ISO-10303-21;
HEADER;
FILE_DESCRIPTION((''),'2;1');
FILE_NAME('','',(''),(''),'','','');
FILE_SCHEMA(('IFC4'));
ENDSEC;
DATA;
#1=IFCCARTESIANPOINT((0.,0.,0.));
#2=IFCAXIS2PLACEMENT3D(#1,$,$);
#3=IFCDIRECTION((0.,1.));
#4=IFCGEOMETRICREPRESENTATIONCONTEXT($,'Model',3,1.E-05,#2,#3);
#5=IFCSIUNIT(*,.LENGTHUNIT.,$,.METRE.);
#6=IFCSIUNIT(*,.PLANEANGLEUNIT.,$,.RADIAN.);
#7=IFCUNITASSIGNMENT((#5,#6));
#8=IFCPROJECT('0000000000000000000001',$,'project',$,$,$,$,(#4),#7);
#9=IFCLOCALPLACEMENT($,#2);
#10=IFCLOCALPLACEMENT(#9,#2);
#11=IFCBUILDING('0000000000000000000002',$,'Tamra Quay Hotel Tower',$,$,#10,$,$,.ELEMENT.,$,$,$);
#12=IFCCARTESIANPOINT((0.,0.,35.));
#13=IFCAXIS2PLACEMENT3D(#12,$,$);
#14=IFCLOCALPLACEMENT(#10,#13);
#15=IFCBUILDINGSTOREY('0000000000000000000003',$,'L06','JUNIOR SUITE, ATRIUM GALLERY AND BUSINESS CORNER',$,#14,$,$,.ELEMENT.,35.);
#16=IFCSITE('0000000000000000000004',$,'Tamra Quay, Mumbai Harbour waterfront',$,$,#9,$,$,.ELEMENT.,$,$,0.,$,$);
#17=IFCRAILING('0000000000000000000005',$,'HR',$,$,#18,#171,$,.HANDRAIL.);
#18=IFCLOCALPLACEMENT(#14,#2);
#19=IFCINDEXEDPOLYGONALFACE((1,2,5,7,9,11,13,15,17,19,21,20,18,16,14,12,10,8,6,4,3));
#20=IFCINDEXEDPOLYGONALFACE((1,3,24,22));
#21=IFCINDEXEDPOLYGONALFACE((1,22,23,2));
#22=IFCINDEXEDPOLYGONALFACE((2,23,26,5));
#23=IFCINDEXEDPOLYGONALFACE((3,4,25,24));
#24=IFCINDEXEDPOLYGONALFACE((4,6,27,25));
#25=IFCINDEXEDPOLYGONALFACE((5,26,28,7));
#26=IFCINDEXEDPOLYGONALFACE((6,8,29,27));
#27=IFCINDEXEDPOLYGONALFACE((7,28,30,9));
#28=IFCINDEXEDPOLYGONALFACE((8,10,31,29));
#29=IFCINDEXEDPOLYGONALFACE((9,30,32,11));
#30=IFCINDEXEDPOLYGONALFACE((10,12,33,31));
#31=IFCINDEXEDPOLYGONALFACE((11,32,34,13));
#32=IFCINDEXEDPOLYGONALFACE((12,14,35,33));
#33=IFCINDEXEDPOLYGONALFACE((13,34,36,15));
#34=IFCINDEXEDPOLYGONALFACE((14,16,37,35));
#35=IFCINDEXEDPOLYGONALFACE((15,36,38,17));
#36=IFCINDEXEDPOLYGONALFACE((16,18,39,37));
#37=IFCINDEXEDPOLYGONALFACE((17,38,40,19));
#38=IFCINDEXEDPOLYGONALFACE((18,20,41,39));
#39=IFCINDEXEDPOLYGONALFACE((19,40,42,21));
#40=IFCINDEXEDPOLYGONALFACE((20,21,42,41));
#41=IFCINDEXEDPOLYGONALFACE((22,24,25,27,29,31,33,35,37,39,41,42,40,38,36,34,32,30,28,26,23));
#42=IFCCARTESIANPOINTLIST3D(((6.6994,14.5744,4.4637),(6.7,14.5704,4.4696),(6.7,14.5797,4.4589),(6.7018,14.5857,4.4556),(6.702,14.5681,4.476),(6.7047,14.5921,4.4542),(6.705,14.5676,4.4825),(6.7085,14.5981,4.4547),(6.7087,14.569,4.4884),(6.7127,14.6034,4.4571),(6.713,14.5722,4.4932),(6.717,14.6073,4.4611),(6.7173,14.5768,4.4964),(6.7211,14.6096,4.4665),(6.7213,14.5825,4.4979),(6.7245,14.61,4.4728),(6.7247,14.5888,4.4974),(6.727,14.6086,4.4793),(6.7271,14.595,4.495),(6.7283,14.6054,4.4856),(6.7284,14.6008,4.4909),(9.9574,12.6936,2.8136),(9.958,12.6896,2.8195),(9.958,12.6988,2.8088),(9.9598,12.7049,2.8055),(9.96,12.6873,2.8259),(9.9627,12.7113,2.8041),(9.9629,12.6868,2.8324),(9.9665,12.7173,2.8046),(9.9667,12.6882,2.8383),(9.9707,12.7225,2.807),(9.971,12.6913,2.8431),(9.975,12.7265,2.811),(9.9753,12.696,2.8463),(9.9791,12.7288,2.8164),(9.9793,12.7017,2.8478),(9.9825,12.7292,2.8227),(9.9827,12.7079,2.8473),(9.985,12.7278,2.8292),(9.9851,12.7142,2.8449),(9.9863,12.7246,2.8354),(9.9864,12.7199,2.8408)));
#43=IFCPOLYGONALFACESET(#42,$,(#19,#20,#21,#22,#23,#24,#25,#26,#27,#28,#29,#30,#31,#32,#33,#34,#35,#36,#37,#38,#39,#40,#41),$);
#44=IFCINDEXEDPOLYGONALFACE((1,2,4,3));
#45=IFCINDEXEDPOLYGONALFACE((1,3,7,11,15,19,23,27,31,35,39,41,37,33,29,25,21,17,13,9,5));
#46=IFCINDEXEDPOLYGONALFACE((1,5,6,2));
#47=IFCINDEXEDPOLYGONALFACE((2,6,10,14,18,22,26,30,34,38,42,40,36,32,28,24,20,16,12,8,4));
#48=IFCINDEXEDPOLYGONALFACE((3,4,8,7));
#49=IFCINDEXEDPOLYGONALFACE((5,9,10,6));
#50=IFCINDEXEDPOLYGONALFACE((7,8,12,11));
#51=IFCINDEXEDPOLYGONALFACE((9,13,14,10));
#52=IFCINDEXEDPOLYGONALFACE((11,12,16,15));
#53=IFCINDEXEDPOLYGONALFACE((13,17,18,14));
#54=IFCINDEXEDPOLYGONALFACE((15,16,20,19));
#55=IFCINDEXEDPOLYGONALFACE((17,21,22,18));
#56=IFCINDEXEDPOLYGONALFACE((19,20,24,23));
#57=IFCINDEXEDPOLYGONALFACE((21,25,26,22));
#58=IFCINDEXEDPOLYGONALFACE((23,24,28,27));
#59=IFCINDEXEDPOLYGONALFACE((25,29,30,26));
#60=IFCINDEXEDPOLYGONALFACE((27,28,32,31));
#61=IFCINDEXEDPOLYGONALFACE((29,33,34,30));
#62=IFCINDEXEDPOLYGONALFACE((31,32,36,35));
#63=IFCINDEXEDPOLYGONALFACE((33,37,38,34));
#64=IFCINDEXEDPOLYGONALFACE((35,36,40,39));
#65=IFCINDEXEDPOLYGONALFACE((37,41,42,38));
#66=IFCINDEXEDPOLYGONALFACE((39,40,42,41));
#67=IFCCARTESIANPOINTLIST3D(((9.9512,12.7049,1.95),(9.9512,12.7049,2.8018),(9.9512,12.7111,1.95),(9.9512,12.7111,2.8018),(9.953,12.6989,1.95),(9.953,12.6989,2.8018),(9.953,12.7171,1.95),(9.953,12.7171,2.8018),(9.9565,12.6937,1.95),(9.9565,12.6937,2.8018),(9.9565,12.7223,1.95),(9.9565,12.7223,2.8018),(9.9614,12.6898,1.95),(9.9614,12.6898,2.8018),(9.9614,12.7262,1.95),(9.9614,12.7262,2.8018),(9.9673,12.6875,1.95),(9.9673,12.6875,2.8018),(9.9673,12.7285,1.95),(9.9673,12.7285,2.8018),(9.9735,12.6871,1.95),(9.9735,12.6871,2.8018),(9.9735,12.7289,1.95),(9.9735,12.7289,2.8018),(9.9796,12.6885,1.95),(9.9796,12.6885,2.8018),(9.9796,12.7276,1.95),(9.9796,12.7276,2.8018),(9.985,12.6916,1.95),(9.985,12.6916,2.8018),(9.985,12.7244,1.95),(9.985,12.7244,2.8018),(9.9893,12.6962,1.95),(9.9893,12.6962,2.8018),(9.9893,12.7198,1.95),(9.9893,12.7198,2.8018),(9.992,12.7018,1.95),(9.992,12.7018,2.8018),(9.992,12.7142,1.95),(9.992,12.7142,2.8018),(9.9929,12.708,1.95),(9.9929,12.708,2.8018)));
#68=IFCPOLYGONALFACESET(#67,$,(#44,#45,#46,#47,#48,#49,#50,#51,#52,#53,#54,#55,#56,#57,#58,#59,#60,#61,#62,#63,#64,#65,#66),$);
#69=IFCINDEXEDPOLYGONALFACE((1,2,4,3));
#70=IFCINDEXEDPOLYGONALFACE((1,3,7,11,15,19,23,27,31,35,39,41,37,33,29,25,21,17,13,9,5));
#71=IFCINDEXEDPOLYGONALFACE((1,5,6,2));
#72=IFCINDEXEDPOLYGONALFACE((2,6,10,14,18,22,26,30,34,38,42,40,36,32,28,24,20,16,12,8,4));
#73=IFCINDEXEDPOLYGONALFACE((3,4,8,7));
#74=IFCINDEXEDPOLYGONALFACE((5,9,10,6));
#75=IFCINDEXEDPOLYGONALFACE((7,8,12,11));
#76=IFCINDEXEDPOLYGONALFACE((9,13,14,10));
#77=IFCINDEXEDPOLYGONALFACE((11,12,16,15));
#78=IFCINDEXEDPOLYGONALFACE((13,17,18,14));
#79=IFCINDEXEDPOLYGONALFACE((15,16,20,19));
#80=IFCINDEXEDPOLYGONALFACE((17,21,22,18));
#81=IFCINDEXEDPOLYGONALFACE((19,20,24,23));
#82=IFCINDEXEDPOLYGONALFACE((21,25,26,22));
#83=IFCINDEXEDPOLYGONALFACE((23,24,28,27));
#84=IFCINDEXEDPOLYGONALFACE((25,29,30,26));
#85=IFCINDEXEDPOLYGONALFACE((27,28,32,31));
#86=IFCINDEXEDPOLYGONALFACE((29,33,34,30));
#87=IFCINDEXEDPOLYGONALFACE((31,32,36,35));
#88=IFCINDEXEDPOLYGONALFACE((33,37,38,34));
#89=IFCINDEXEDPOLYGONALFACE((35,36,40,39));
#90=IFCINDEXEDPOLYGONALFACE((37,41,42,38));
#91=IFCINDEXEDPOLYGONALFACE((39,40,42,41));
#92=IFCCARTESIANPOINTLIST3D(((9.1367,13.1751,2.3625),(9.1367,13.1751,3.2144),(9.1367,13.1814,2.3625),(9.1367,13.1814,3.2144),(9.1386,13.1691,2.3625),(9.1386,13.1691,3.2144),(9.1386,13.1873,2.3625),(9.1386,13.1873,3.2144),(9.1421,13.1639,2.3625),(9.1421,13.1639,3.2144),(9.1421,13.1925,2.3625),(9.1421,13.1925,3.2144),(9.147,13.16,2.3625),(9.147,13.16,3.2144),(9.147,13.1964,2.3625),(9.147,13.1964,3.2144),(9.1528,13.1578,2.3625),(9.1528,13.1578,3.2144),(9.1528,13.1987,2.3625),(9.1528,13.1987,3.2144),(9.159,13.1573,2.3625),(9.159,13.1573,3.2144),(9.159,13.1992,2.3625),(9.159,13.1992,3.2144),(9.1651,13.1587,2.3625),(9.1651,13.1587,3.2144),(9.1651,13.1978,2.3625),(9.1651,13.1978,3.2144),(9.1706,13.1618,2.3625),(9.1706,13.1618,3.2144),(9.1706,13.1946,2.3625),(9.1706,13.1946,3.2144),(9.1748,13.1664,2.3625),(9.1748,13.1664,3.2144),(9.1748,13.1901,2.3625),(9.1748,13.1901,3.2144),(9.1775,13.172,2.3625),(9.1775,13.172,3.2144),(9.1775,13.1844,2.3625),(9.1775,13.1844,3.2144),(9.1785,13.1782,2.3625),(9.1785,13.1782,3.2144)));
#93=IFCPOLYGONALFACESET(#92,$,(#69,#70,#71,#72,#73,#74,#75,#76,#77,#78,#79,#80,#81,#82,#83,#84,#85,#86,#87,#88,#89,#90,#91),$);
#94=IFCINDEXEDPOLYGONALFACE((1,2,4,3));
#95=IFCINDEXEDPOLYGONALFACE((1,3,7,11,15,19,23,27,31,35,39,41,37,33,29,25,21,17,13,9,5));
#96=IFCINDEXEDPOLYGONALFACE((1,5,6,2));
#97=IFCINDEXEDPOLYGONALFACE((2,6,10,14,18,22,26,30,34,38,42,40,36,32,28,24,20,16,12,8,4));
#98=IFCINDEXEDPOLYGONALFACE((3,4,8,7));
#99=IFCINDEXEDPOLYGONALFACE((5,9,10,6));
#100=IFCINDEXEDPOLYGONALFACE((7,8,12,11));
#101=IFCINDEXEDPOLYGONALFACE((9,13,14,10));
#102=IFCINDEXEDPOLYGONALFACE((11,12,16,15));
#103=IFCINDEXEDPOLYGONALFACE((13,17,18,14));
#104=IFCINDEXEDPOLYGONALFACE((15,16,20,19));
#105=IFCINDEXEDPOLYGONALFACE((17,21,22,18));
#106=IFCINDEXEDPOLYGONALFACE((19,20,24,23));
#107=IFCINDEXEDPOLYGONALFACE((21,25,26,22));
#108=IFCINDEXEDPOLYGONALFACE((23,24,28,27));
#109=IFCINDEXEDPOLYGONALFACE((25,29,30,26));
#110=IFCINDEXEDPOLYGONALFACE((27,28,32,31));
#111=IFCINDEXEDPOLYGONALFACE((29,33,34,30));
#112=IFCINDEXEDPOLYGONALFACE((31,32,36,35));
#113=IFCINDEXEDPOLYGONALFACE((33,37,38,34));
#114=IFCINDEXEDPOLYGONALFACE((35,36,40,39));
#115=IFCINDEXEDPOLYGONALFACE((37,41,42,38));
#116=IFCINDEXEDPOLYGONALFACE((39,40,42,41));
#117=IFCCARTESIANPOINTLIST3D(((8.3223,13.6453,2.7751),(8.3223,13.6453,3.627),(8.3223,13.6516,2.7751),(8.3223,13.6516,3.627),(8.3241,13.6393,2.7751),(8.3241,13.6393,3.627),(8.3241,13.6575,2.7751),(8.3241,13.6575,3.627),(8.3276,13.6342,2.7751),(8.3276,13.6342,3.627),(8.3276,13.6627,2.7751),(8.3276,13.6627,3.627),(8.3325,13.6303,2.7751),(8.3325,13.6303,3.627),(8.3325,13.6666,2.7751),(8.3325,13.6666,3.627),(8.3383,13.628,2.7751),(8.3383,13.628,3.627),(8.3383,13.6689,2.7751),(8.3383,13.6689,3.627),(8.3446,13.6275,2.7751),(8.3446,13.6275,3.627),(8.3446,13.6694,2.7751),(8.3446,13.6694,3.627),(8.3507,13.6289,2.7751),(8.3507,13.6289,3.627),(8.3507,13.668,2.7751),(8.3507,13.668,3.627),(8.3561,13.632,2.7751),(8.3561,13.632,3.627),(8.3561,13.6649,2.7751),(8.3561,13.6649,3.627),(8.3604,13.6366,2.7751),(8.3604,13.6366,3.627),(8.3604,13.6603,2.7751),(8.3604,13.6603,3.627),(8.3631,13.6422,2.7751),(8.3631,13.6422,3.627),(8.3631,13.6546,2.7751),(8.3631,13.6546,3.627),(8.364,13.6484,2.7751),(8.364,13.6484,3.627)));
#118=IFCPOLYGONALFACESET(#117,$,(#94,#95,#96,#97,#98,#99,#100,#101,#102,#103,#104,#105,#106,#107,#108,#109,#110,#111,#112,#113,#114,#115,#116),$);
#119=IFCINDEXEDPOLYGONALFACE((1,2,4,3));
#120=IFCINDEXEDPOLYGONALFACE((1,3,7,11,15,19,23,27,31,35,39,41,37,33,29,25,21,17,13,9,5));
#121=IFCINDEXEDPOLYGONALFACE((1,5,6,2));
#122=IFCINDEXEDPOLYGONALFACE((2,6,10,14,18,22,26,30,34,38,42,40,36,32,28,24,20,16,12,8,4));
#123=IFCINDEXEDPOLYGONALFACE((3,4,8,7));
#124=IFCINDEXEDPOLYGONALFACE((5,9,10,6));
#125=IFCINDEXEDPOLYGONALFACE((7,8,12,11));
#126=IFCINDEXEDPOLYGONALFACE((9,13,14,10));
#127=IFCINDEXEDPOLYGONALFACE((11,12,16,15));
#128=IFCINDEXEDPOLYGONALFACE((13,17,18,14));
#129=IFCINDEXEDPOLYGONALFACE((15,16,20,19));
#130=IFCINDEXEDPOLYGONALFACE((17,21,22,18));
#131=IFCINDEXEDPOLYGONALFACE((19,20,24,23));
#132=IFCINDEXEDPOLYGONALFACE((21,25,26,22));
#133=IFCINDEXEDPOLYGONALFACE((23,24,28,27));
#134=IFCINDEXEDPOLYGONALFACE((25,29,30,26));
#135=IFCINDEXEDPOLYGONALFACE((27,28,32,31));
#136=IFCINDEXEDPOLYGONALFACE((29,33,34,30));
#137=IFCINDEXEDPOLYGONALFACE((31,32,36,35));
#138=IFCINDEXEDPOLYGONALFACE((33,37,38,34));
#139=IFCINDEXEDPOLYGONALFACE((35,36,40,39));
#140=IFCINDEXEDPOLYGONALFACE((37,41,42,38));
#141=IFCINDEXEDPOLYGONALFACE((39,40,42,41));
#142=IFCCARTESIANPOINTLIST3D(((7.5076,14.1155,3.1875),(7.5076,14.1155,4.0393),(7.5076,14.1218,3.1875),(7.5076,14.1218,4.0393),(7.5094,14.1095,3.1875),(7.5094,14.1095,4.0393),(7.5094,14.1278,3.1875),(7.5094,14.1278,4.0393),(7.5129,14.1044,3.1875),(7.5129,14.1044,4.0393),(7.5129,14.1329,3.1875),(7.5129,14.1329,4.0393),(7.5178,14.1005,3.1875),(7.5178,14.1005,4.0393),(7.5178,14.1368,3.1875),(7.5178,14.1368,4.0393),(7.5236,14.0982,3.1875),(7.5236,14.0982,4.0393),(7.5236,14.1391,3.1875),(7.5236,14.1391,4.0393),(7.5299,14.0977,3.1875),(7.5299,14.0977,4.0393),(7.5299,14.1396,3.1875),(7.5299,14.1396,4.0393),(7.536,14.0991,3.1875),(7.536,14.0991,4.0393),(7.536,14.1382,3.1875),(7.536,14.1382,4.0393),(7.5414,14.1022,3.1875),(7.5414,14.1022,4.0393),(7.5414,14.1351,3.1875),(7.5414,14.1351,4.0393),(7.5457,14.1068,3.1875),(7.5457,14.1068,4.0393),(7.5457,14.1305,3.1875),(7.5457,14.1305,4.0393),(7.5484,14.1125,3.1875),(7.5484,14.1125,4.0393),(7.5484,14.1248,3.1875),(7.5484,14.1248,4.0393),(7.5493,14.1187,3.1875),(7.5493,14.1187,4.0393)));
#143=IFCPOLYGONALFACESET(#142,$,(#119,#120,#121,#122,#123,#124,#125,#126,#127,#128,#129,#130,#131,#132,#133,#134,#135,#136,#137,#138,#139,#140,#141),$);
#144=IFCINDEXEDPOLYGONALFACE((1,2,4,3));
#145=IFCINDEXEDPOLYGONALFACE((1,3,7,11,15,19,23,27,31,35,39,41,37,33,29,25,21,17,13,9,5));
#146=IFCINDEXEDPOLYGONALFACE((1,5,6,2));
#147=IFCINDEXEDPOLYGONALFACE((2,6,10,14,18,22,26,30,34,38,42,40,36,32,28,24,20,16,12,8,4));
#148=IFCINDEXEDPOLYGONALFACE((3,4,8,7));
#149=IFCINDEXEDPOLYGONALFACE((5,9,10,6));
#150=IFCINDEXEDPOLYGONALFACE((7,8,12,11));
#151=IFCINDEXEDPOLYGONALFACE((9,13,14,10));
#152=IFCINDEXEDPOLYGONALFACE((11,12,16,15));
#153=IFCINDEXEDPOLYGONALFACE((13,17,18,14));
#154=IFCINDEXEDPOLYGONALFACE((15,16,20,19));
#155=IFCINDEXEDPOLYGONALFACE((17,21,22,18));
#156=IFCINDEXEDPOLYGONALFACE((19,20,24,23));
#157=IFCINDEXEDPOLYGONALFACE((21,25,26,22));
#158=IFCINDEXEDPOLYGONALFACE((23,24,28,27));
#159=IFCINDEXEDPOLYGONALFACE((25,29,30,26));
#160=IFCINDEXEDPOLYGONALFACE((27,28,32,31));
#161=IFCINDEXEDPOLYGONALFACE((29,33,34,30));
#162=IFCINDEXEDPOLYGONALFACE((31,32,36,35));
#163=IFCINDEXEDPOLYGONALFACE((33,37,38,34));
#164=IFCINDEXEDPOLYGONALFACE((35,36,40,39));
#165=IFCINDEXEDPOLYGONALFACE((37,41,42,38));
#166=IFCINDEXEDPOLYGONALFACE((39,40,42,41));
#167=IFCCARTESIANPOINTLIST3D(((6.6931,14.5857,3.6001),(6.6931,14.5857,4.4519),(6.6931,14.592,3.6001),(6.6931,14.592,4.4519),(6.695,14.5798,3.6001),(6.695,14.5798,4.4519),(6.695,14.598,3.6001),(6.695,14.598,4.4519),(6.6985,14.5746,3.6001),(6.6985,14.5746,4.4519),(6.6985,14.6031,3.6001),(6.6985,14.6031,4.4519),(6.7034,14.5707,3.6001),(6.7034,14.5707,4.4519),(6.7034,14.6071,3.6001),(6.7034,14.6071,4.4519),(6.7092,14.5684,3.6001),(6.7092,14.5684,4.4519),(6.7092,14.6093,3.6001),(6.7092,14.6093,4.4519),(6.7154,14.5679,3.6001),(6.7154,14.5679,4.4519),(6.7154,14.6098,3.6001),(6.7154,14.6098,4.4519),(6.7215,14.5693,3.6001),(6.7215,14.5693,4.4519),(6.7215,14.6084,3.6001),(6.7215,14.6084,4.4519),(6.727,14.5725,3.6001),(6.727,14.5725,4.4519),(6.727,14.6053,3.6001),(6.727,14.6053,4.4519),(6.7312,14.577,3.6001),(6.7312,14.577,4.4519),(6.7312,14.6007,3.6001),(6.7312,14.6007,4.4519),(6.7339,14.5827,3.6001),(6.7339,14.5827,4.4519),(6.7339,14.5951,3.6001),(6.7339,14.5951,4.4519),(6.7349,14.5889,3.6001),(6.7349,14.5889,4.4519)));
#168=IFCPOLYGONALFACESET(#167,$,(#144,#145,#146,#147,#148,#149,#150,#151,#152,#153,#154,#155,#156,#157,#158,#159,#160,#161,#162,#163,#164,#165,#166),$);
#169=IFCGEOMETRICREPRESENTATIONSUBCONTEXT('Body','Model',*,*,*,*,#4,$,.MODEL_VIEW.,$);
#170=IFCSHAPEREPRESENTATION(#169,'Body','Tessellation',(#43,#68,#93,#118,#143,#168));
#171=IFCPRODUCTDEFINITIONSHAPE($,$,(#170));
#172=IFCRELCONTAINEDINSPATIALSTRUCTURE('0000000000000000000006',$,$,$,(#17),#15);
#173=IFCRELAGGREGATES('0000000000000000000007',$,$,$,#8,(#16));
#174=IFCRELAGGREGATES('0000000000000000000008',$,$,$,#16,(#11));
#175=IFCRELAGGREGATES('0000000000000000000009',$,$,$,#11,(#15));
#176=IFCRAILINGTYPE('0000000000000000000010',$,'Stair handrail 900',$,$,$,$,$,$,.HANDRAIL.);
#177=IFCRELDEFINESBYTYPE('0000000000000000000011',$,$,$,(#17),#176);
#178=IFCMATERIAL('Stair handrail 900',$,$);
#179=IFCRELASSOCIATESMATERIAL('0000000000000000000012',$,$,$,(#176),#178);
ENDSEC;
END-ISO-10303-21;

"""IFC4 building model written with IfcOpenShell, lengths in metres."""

from ifc_helpers import new_model, si_unit, direction, frame, origin, origin_2d, place, context, subcontext, project, spatial, circle, extrude, material, type_object, element, save


model = new_model("IFC4")

# Units and contexts
model_context = context("Model", 3, precision=1e-05, world=origin(), true_north=direction((0.0, 1.0)))
body_context = subcontext(model_context, "Body", "Model", "MODEL_VIEW")
ifc_project = project(units=[si_unit("LENGTHUNIT", "METRE"), si_unit("PLANEANGLEUNIT", "RADIAN")], contexts=[model_context])

# Site, building, storey
site_placement = place(None, origin())
site = spatial("IfcSite", under=ifc_project, at=site_placement, Name="Tamra Quay, Mumbai Harbour waterfront", CompositionType="ELEMENT", RefElevation=0.0)
building_placement = place(site_placement, origin())
building = spatial("IfcBuilding", under=site, at=building_placement, Name="Tamra Quay Hotel Tower", CompositionType="ELEMENT")
storey_placement = place(building_placement, frame((0.0, 0.0, 35.0)))
storey = spatial("IfcBuildingStorey", under=building, at=storey_placement, Name="L06", Description="JUNIOR SUITE, ATRIUM GALLERY AND BUSINESS CORNER", CompositionType="ELEMENT", Elevation=35.0)

# Railing
ifc_material_1 = material(Name="Stair handrail 900")
railing_type_1 = type_object("IfcRailingType", Name="Stair handrail 900", PredefinedType="HANDRAIL", material=ifc_material_1)
railing_1_placement = place(storey_placement, frame((9.9719, 12.708, 1.95)))
element("IfcRailing", 1, at=railing_1_placement, inside=storey, type_object=railing_type_1, Name="HR", PredefinedType="HANDRAIL", context=body_context, shape_type="SweptSolid", body=[
    extrude(circle(Radius=0.0239, at=origin_2d()), frame((0.0, 0.0, 0.876), z_axis=(-0.793103, 0.457854, 0.401692), x_axis=(-0.499964, -0.866046, 0.0)), (0.0, 0.0, 1.0), 4.1079),
    extrude(circle(Radius=0.021, at=origin_2d()), origin(), (0.0, 0.0, 1.0), 0.8518),
    extrude(circle(Radius=0.021, at=origin_2d()), frame((-0.8145, 0.4702, 0.4126)), (0.0, 0.0, 1.0), 0.8518),
    extrude(circle(Radius=0.021, at=origin_2d()), frame((-1.6289, 0.9404, 0.8252)), (0.0, 0.0, 1.0), 0.8518),
    extrude(circle(Radius=0.021, at=origin_2d()), frame((-2.4436, 1.4106, 1.2375)), (0.0, 0.0, 1.0), 0.8518),
    extrude(circle(Radius=0.021, at=origin_2d()), frame((-3.2581, 1.8809, 1.6501)), (0.0, 0.0, 1.0), 0.8518),
])

save(model, "model.ifc")
